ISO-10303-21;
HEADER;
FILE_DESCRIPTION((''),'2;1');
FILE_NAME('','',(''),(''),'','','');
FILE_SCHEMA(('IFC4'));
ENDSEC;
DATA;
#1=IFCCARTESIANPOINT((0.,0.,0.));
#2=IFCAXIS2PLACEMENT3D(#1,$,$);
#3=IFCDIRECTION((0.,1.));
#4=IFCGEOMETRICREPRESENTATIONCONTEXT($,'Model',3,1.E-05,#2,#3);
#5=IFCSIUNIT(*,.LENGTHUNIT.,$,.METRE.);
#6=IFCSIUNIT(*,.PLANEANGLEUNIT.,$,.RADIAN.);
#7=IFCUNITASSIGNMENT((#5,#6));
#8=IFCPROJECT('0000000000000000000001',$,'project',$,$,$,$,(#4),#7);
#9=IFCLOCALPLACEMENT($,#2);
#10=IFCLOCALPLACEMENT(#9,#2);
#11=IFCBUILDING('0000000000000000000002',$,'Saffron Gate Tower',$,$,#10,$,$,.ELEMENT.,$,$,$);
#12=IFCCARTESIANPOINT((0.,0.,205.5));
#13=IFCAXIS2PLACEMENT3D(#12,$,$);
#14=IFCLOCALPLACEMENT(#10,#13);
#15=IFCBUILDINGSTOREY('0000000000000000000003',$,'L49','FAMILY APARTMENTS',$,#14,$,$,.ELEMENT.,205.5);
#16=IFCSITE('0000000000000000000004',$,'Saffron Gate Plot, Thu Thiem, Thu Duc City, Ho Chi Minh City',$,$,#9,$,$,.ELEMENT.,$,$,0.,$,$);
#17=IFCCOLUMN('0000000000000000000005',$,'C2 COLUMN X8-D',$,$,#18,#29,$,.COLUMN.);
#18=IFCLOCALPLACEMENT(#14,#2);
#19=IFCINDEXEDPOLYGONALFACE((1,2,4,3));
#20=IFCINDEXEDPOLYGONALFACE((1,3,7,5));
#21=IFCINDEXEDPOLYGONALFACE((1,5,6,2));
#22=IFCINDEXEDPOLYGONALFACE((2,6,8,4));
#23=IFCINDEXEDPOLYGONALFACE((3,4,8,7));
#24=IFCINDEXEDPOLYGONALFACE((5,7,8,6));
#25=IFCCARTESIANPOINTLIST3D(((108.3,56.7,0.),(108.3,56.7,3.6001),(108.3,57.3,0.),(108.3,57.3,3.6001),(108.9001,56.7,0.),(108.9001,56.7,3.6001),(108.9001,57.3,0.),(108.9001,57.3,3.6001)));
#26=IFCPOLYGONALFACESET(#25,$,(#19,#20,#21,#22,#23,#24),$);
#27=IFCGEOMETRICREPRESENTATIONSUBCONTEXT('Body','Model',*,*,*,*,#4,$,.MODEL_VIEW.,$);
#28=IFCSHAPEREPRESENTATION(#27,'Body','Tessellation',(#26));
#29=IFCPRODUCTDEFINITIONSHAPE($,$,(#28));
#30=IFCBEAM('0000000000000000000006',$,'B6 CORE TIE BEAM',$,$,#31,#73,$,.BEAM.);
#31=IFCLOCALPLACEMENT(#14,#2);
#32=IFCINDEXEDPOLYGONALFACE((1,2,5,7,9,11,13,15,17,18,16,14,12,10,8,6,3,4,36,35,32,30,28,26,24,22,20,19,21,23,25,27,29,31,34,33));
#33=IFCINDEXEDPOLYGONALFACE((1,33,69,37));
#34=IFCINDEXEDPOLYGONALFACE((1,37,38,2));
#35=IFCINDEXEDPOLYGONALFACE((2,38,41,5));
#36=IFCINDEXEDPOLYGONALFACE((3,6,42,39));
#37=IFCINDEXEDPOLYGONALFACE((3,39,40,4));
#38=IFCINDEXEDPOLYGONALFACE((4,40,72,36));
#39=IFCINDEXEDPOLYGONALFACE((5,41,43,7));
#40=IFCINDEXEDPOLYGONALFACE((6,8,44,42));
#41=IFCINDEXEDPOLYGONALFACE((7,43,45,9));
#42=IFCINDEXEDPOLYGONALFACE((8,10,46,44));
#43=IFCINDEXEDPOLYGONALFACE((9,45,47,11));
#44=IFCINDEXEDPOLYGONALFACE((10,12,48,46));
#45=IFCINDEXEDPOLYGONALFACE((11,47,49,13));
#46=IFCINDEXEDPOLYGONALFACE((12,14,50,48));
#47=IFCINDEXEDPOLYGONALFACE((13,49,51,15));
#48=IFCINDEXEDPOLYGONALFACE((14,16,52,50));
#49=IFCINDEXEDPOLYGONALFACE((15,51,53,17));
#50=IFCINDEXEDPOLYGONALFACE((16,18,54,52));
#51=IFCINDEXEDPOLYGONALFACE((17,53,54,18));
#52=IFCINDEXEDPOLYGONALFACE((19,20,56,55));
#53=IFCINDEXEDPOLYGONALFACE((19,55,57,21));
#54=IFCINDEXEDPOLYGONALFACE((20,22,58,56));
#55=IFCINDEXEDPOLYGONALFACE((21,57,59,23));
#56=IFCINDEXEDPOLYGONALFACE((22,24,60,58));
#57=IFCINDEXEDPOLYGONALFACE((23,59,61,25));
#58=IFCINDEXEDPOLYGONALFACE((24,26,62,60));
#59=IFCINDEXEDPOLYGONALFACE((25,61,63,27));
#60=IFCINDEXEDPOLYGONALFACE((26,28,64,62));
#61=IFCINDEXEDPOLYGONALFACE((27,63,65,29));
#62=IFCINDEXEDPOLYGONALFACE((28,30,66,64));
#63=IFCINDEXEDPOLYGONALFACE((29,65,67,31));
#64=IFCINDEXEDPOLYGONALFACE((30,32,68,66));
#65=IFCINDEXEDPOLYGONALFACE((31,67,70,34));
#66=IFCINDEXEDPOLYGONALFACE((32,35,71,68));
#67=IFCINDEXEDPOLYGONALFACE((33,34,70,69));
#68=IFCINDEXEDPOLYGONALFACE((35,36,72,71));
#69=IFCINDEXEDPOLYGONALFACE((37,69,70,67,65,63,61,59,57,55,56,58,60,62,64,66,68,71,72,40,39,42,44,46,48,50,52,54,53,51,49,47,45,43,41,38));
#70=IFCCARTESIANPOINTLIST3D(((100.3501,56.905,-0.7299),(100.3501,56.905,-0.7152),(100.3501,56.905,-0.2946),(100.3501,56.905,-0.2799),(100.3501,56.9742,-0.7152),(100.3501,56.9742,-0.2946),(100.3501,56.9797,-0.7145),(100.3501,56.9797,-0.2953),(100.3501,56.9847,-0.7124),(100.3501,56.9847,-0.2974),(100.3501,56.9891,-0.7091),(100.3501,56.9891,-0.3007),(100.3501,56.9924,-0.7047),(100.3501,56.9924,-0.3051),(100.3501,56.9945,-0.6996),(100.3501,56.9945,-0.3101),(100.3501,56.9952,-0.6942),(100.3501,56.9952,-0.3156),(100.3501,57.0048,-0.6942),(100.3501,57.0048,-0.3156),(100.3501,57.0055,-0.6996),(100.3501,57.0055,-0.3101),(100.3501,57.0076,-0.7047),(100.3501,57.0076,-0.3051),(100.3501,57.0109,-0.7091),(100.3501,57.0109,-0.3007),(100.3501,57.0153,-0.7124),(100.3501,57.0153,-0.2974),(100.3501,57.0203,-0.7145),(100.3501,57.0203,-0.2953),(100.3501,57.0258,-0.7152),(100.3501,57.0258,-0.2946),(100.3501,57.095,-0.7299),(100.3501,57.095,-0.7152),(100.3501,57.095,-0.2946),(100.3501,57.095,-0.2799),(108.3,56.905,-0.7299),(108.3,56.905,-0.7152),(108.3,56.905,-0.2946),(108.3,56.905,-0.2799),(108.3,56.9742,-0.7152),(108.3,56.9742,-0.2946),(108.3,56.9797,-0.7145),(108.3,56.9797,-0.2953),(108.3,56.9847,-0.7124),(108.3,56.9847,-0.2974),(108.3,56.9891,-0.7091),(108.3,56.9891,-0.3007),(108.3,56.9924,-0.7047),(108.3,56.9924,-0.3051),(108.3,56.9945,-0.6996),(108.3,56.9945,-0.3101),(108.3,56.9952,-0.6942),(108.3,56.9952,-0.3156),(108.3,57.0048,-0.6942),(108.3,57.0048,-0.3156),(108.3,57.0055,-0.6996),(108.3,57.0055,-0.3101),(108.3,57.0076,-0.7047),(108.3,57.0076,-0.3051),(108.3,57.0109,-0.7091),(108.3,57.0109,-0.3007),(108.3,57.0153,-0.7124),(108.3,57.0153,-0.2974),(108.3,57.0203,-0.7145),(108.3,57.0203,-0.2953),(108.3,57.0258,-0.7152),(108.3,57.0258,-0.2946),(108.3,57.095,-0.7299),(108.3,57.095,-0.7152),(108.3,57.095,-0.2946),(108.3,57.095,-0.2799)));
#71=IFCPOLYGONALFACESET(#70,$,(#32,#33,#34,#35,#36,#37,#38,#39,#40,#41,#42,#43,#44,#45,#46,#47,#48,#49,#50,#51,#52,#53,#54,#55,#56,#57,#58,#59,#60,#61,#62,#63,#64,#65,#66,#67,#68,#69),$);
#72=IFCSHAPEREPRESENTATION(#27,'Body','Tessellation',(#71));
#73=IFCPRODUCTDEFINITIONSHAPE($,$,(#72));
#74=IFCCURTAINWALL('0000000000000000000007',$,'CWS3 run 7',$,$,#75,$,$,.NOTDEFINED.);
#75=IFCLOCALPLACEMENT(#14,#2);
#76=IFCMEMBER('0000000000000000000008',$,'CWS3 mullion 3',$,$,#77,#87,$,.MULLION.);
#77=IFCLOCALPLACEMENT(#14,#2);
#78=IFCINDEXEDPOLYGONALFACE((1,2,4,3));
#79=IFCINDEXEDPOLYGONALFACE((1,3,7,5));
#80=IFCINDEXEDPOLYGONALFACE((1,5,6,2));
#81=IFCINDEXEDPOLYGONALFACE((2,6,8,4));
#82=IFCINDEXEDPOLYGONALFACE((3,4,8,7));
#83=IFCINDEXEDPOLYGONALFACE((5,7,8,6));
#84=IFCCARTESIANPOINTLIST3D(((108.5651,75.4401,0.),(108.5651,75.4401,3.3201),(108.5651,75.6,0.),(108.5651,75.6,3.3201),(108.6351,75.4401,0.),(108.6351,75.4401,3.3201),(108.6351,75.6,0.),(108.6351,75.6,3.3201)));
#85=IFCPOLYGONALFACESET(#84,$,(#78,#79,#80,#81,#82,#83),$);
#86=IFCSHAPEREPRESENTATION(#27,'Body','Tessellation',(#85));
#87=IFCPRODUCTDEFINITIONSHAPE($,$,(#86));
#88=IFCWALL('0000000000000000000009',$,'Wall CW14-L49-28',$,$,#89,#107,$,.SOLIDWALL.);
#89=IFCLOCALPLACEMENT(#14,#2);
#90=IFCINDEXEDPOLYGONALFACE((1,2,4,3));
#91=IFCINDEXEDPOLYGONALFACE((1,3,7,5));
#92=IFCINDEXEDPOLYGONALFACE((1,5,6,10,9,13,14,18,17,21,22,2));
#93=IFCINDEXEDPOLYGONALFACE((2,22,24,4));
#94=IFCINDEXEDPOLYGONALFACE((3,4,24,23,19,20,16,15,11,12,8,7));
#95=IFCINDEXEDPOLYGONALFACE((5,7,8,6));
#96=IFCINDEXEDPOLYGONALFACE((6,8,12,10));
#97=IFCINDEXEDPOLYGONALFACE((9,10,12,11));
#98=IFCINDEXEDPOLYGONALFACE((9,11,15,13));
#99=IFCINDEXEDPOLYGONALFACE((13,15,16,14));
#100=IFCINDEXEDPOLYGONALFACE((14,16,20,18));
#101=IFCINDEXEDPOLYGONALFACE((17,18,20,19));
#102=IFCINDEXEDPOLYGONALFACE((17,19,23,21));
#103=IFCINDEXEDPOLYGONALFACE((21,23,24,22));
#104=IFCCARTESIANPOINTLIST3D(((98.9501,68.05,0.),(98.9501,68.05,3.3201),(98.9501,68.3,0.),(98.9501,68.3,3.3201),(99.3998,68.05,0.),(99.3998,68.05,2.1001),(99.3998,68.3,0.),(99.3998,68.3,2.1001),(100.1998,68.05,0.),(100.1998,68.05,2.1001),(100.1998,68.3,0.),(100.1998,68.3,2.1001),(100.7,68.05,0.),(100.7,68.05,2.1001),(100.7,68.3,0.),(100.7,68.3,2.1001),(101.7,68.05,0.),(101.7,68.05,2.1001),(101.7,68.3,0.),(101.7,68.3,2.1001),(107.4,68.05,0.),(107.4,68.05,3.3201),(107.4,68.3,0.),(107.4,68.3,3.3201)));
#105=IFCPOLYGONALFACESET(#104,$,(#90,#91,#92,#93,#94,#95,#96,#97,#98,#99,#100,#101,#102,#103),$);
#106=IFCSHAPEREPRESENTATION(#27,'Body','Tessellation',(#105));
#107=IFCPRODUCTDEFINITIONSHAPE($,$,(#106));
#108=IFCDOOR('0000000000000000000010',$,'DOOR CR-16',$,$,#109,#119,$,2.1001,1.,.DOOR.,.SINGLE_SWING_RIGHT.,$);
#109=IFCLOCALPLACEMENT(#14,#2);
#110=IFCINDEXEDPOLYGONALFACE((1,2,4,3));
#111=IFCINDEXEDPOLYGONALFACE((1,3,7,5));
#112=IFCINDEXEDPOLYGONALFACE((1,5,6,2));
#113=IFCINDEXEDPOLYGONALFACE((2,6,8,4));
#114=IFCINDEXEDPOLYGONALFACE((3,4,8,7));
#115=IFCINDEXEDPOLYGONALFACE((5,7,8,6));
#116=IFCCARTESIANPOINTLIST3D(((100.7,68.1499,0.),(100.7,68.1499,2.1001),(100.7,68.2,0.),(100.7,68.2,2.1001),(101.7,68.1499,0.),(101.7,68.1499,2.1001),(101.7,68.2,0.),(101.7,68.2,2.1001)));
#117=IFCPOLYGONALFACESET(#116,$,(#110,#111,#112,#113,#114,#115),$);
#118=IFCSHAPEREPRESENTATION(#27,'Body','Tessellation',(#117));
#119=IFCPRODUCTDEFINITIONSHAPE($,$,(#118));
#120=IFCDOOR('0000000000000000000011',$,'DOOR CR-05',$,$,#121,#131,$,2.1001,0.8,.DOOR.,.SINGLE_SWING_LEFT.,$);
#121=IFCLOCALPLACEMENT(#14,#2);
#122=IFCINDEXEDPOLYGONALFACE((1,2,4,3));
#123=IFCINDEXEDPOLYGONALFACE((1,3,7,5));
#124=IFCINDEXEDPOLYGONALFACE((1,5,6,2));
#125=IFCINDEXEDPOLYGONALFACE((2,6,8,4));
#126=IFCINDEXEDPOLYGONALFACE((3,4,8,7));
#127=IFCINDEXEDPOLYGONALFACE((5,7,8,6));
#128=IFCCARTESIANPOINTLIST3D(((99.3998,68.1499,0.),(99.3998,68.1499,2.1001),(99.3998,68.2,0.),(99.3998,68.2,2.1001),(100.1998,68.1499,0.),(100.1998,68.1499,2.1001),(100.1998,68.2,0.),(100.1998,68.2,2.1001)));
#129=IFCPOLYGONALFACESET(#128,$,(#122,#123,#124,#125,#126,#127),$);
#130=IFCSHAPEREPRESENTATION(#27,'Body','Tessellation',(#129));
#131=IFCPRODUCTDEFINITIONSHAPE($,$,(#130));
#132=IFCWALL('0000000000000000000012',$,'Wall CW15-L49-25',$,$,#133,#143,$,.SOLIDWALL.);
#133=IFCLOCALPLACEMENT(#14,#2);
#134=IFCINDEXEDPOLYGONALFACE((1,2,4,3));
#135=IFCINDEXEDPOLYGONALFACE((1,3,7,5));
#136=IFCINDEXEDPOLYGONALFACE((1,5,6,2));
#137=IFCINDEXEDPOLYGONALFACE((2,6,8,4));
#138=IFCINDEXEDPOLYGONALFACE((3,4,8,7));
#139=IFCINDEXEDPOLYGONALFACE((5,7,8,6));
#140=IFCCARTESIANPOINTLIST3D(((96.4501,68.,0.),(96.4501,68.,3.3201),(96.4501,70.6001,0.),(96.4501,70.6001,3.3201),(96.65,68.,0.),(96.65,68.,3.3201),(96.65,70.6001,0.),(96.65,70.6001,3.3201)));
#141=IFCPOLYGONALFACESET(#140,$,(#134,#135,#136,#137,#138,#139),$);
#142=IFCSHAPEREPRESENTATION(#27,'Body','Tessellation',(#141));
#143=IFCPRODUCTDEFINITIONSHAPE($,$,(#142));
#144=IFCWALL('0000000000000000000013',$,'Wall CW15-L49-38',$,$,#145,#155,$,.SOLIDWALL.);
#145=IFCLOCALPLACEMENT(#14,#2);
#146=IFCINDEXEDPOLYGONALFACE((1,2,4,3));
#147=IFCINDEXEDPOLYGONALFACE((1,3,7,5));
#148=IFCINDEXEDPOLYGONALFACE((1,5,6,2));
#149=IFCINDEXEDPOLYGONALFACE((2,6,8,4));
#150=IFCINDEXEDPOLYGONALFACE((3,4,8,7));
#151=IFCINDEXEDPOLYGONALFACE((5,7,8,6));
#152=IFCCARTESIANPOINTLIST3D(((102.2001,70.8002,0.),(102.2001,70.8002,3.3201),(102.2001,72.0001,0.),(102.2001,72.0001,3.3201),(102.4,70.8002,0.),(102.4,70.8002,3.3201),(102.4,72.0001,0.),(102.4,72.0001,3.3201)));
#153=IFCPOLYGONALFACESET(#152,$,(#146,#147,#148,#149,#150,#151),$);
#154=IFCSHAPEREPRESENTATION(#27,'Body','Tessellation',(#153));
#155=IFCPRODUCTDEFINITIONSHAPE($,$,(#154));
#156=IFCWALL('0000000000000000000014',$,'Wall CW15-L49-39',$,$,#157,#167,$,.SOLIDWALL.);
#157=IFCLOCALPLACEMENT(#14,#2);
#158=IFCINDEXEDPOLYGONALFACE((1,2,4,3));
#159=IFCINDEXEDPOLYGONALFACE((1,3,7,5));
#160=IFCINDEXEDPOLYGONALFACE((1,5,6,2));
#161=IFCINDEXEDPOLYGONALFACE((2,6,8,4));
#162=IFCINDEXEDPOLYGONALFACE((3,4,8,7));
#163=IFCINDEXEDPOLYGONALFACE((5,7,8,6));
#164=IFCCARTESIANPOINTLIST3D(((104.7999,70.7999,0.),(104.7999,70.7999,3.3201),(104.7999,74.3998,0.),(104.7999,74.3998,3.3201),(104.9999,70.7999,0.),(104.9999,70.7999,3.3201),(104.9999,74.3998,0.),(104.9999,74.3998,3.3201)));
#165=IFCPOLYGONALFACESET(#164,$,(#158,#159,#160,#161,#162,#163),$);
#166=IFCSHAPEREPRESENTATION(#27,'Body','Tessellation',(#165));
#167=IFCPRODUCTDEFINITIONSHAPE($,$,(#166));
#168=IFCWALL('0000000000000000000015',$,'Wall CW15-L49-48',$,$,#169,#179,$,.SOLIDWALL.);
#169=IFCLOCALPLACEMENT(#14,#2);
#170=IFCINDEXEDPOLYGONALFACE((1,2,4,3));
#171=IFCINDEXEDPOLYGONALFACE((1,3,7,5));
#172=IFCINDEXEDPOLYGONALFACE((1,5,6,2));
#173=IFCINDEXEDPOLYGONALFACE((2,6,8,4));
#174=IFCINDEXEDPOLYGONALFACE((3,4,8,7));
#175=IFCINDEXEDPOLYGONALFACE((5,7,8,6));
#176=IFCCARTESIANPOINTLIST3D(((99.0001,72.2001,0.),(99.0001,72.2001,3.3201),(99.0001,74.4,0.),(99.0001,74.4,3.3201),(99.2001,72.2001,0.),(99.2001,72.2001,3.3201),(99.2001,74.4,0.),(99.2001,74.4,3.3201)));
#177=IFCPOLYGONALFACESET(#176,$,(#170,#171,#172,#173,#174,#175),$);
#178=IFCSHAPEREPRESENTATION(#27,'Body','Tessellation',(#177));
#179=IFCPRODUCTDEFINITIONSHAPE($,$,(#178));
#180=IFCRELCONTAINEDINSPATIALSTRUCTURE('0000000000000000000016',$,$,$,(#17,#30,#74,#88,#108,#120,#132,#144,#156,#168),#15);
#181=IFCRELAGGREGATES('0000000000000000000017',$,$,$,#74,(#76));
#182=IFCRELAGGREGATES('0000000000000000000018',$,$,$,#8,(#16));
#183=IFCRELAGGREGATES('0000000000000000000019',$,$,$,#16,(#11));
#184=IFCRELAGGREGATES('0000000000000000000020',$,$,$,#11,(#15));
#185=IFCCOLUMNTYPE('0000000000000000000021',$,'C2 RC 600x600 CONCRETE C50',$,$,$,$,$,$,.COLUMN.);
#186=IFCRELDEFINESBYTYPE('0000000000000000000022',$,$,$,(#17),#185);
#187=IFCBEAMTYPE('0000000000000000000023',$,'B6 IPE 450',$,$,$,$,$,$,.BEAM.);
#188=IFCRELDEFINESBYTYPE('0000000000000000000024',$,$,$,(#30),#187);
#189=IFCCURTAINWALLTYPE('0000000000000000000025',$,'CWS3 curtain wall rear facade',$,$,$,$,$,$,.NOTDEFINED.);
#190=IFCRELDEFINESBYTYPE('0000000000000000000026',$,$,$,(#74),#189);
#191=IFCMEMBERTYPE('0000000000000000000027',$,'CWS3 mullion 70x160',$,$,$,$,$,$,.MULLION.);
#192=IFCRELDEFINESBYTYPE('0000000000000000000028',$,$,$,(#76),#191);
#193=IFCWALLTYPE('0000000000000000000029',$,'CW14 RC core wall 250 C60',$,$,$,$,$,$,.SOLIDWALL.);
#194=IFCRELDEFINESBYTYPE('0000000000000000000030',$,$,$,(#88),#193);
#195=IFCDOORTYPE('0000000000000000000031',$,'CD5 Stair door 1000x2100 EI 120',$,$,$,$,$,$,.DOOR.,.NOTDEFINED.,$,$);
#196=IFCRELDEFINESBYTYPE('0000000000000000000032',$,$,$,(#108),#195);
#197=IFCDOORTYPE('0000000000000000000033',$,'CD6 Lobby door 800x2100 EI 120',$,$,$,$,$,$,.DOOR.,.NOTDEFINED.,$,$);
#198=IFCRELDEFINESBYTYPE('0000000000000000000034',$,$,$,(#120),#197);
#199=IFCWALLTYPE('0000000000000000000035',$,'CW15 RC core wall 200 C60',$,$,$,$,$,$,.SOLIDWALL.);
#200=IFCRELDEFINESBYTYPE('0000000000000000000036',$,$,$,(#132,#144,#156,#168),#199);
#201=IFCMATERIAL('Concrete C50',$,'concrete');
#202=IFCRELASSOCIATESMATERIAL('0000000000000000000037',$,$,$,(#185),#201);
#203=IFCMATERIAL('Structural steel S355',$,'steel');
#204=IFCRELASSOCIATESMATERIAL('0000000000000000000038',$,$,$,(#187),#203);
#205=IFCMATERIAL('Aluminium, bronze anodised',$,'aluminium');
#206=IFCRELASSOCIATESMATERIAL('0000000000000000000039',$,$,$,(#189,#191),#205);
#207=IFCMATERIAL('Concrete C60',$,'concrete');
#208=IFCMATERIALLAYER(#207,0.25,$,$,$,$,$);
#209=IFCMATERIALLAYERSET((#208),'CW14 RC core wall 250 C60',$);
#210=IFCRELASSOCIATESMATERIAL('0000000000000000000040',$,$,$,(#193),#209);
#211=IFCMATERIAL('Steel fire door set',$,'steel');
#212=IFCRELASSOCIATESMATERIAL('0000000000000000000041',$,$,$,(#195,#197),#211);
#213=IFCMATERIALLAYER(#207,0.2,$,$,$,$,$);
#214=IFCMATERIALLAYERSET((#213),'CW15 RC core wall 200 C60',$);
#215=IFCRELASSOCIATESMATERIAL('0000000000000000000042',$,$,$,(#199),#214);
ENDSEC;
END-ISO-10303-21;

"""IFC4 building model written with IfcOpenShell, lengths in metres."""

from ifc_helpers import new_model, si_unit, direction, frame, frame_2d, origin, origin_2d, place, context, subcontext, project, spatial, rectangle, i_section, extrude, material, layer, layer_set, material_profile, profile_set, type_object, element, fill, aggregate, save


model = new_model("IFC4")

# Units and contexts
model_context = context("Model", 3, precision=1e-05, world=origin(), true_north=direction((0.0, 1.0)))
body_context = subcontext(model_context, "Body", "Model", "MODEL_VIEW")
ifc_project = project(units=[si_unit("LENGTHUNIT", "METRE"), si_unit("PLANEANGLEUNIT", "RADIAN")], contexts=[model_context])

# Site, building, storey
site_placement = place(None, origin())
site = spatial("IfcSite", under=ifc_project, at=site_placement, Name="Saffron Gate Plot, Thu Thiem, Thu Duc City, Ho Chi Minh City", CompositionType="ELEMENT", RefElevation=0.0)
building_placement = place(site_placement, origin())
building = spatial("IfcBuilding", under=site, at=building_placement, Name="Saffron Gate Tower", CompositionType="ELEMENT")
storey_placement = place(building_placement, frame((0.0, 0.0, 205.5)))
storey = spatial("IfcBuildingStorey", under=building, at=storey_placement, Name="L49", Description="FAMILY APARTMENTS", CompositionType="ELEMENT", Elevation=205.5)

# Column
ifc_material_1 = material(Name="Concrete C50", Category="concrete")
ifc_material_profile_1 = material_profile(ifc_material_1, rectangle(XDim=0.6001, YDim=0.6001, at=origin_2d()))
ifc_profile_set_1 = profile_set([ifc_material_profile_1], Name="Concrete C50")
column_type = type_object("IfcColumnType", Name="C2 RC 600x600 CONCRETE C50", PredefinedType="COLUMN", material=ifc_profile_set_1)
column_placement = place(storey_placement, frame((108.6001, 57.0, 0.0), z_axis=(0.0, 0.0, 1.0), x_axis=(1.0, 0.0, 0.0)))
element("IfcColumn", 1, at=column_placement, inside=storey, type_object=column_type, Name="C2 COLUMN X8-D", PredefinedType="COLUMN", context=body_context, shape_type="SweptSolid", body=[
    extrude(rectangle(XDim=0.6001, YDim=0.6001, at=origin_2d()), origin(), (0.0, 0.0, 1.0), 3.6001),
])

# Beam
ifc_material_2 = material(Name="Structural steel S355", Category="steel")
ifc_material_profile_2 = material_profile(ifc_material_2, i_section(OverallWidth=0.1899, OverallDepth=0.45, WebThickness=0.0095, FlangeThickness=0.0146, FilletRadius=0.021, at=origin_2d()))
ifc_profile_set_2 = profile_set([ifc_material_profile_2], Name="Structural steel S355")
beam_type = type_object("IfcBeamType", Name="B6 IPE 450", PredefinedType="BEAM", material=ifc_profile_set_2)
beam_placement = place(storey_placement, frame((108.3, 57.0, -0.5049), z_axis=(-1.0, 0.0, 0.0), x_axis=(0.0, -1.0, 0.0)))
element("IfcBeam", 2, at=beam_placement, inside=storey, type_object=beam_type, Name="B6 CORE TIE BEAM", PredefinedType="BEAM", context=body_context, shape_type="SweptSolid", body=[
    extrude(i_section(OverallWidth=0.1899, OverallDepth=0.45, WebThickness=0.0095, FlangeThickness=0.0146, FilletRadius=0.021, at=origin_2d()), origin(), (0.0, 0.0, 1.0), 7.95),
])

# Curtain wall, member
ifc_material_3 = material(Name="Aluminium, bronze anodised", Category="aluminium")
curtain_wall_type = type_object("IfcCurtainWallType", Name="CWS3 curtain wall rear facade", PredefinedType="NOTDEFINED", material=ifc_material_3)
curtain_wall_placement = place(storey_placement, origin())
curtain_wall = element("IfcCurtainWall", 3, at=curtain_wall_placement, inside=storey, type_object=curtain_wall_type, Name="CWS3 run 7", PredefinedType="NOTDEFINED")
ifc_material_profile_3 = material_profile(ifc_material_3, rectangle(XDim=0.1599, YDim=0.0701, at=origin_2d()))
ifc_profile_set_3 = profile_set([ifc_material_profile_3], Name="Aluminium, bronze anodised")
member_type = type_object("IfcMemberType", Name="CWS3 mullion 70x160", PredefinedType="MULLION", material=ifc_profile_set_3)
member_placement = place(storey_placement, frame((108.6001, 75.52, 0.0), z_axis=(0.0, 0.0, 1.0), x_axis=(0.0, -1.0, 0.0)))
member = element("IfcMember", 4, at=member_placement, type_object=member_type, Name="CWS3 mullion 3", PredefinedType="MULLION", context=body_context, shape_type="SweptSolid", body=[
    extrude(rectangle(XDim=0.1599, YDim=0.0701, at=origin_2d()), origin(), (0.0, 0.0, 1.0), 3.3201),
])
aggregate(curtain_wall, [member])

# Wall, openings, doors
ifc_material_4 = material(Name="Concrete C60", Category="concrete")
ifc_layer_1 = layer(ifc_material_4, 0.25)
ifc_layer_set_1 = layer_set([ifc_layer_1], Name="CW14 RC core wall 250 C60")
wall_type_1 = type_object("IfcWallType", Name="CW14 RC core wall 250 C60", PredefinedType="SOLIDWALL", material=ifc_layer_set_1)
wall_1_placement = place(storey_placement, frame((98.95, 68.175, 0.0), z_axis=(0.0, 0.0, 1.0), x_axis=(1.0, 0.0, 0.0)))
wall_1 = element("IfcWall", 5, at=wall_1_placement, inside=storey, type_object=wall_type_1, Name="Wall CW14-L49-28", PredefinedType="SOLIDWALL", context=body_context, shape_type="SweptSolid", body=[
    extrude(rectangle(XDim=8.45, YDim=0.25, at=frame_2d((4.2251, 0.0))), origin(), (0.0, 0.0, 1.0), 3.3201),
])
opening_1_placement = place(wall_1_placement, frame((0.45, 0.0, 0.0)))
opening_1 = element("IfcOpeningElement", 6, at=opening_1_placement, cuts=wall_1, PredefinedType="OPENING", context=body_context, shape_type="SweptSolid", body=[
    extrude(rectangle(XDim=0.8, YDim=2.1001, at=frame_2d((0.3999, 1.05))), frame((0.0, 0.135, 0.0), z_axis=(0.0, -1.0, 0.0), x_axis=(1.0, 0.0, 0.0)), (0.0, 0.0, 1.0), 0.27),
])
opening_2_placement = place(wall_1_placement, frame((1.75, 0.0, 0.0)))
opening_2 = element("IfcOpeningElement", 7, at=opening_2_placement, cuts=wall_1, PredefinedType="OPENING", context=body_context, shape_type="SweptSolid", body=[
    extrude(rectangle(XDim=1.0, YDim=2.1001, at=frame_2d((0.5, 1.05))), frame((0.0, 0.135, 0.0), z_axis=(0.0, -1.0, 0.0), x_axis=(1.0, 0.0, 0.0)), (0.0, 0.0, 1.0), 0.27),
])
ifc_material_5 = material(Name="Steel fire door set", Category="steel")
door_type_1 = type_object("IfcDoorType", Name="CD5 Stair door 1000x2100 EI 120", OperationType="NOTDEFINED", PredefinedType="DOOR", material=ifc_material_5)
door_1_placement = place(opening_2_placement, origin())
door_1 = element("IfcDoor", 8, at=door_1_placement, inside=storey, type_object=door_type_1, Name="DOOR CR-16", OperationType="SINGLE_SWING_RIGHT", OverallHeight=2.1001, OverallWidth=1.0, PredefinedType="DOOR", context=body_context, shape_type="SweptSolid", body=[
    extrude(rectangle(XDim=1.0, YDim=2.1001, at=frame_2d((0.5, 1.05))), frame((0.0, 0.0249, 0.0), z_axis=(0.0, -1.0, 0.0), x_axis=(1.0, 0.0, 0.0)), (0.0, 0.0, 1.0), 0.05),
])
fill(opening_2, door_1)
door_type_2 = type_object("IfcDoorType", Name="CD6 Lobby door 800x2100 EI 120", OperationType="NOTDEFINED", PredefinedType="DOOR", material=ifc_material_5)
door_2_placement = place(opening_1_placement, origin())
door_2 = element("IfcDoor", 9, at=door_2_placement, inside=storey, type_object=door_type_2, Name="DOOR CR-05", OperationType="SINGLE_SWING_LEFT", OverallHeight=2.1001, OverallWidth=0.8, PredefinedType="DOOR", context=body_context, shape_type="SweptSolid", body=[
    extrude(rectangle(XDim=0.8, YDim=2.1001, at=frame_2d((0.3999, 1.05))), frame((0.0, 0.0249, 0.0), z_axis=(0.0, -1.0, 0.0), x_axis=(1.0, 0.0, 0.0)), (0.0, 0.0, 1.0), 0.05),
])
fill(opening_1, door_2)

# Walls
ifc_layer_2 = layer(ifc_material_4, 0.2)
ifc_layer_set_2 = layer_set([ifc_layer_2], Name="CW15 RC core wall 200 C60")
wall_type_2 = type_object("IfcWallType", Name="CW15 RC core wall 200 C60", PredefinedType="SOLIDWALL", material=ifc_layer_set_2)
wall_2_placement = place(storey_placement, frame((96.55, 68.0, 0.0), z_axis=(0.0, 0.0, 1.0), x_axis=(0.0, 1.0, 0.0)))
element("IfcWall", 10, at=wall_2_placement, inside=storey, type_object=wall_type_2, Name="Wall CW15-L49-25", PredefinedType="SOLIDWALL", context=body_context, shape_type="SweptSolid", body=[
    extrude(rectangle(XDim=2.6001, YDim=0.2, at=frame_2d((1.3, 0.0))), origin(), (0.0, 0.0, 1.0), 3.3201),
])
wall_3_placement = place(storey_placement, frame((102.3, 70.8, 0.0), z_axis=(0.0, 0.0, 1.0), x_axis=(0.0, 1.0, 0.0)))
element("IfcWall", 11, at=wall_3_placement, inside=storey, type_object=wall_type_2, Name="Wall CW15-L49-38", PredefinedType="SOLIDWALL", context=body_context, shape_type="SweptSolid", body=[
    extrude(rectangle(XDim=1.2, YDim=0.2, at=frame_2d((0.6001, 0.0))), origin(), (0.0, 0.0, 1.0), 3.3201),
])
wall_4_placement = place(storey_placement, frame((104.8999, 70.8, 0.0), z_axis=(0.0, 0.0, 1.0), x_axis=(0.0, 1.0, 0.0)))
element("IfcWall", 12, at=wall_4_placement, inside=storey, type_object=wall_type_2, Name="Wall CW15-L49-39", PredefinedType="SOLIDWALL", context=body_context, shape_type="SweptSolid", body=[
    extrude(rectangle(XDim=3.5999, YDim=0.2, at=frame_2d((1.7998, 0.0))), origin(), (0.0, 0.0, 1.0), 3.3201),
])
for number, where, z_axis, x_axis, name in (
    (13, (99.1001, 72.2, 0.0), (0.0, 0.0, 1.0), (0.0, 1.0, 0.0), "Wall CW15-L49-48"),
):
    element("IfcWall", number, at=place(storey_placement, frame(where, z_axis=z_axis, x_axis=x_axis)), inside=storey, type_object=wall_type_2, Name=name, PredefinedType="SOLIDWALL", context=body_context, shape_type="SweptSolid", body=[
        extrude(rectangle(XDim=2.2, YDim=0.2, at=frame_2d((1.1001, 0.0))), origin(), (0.0, 0.0, 1.0), 3.3201),
    ])

save(model, "model.ifc")
